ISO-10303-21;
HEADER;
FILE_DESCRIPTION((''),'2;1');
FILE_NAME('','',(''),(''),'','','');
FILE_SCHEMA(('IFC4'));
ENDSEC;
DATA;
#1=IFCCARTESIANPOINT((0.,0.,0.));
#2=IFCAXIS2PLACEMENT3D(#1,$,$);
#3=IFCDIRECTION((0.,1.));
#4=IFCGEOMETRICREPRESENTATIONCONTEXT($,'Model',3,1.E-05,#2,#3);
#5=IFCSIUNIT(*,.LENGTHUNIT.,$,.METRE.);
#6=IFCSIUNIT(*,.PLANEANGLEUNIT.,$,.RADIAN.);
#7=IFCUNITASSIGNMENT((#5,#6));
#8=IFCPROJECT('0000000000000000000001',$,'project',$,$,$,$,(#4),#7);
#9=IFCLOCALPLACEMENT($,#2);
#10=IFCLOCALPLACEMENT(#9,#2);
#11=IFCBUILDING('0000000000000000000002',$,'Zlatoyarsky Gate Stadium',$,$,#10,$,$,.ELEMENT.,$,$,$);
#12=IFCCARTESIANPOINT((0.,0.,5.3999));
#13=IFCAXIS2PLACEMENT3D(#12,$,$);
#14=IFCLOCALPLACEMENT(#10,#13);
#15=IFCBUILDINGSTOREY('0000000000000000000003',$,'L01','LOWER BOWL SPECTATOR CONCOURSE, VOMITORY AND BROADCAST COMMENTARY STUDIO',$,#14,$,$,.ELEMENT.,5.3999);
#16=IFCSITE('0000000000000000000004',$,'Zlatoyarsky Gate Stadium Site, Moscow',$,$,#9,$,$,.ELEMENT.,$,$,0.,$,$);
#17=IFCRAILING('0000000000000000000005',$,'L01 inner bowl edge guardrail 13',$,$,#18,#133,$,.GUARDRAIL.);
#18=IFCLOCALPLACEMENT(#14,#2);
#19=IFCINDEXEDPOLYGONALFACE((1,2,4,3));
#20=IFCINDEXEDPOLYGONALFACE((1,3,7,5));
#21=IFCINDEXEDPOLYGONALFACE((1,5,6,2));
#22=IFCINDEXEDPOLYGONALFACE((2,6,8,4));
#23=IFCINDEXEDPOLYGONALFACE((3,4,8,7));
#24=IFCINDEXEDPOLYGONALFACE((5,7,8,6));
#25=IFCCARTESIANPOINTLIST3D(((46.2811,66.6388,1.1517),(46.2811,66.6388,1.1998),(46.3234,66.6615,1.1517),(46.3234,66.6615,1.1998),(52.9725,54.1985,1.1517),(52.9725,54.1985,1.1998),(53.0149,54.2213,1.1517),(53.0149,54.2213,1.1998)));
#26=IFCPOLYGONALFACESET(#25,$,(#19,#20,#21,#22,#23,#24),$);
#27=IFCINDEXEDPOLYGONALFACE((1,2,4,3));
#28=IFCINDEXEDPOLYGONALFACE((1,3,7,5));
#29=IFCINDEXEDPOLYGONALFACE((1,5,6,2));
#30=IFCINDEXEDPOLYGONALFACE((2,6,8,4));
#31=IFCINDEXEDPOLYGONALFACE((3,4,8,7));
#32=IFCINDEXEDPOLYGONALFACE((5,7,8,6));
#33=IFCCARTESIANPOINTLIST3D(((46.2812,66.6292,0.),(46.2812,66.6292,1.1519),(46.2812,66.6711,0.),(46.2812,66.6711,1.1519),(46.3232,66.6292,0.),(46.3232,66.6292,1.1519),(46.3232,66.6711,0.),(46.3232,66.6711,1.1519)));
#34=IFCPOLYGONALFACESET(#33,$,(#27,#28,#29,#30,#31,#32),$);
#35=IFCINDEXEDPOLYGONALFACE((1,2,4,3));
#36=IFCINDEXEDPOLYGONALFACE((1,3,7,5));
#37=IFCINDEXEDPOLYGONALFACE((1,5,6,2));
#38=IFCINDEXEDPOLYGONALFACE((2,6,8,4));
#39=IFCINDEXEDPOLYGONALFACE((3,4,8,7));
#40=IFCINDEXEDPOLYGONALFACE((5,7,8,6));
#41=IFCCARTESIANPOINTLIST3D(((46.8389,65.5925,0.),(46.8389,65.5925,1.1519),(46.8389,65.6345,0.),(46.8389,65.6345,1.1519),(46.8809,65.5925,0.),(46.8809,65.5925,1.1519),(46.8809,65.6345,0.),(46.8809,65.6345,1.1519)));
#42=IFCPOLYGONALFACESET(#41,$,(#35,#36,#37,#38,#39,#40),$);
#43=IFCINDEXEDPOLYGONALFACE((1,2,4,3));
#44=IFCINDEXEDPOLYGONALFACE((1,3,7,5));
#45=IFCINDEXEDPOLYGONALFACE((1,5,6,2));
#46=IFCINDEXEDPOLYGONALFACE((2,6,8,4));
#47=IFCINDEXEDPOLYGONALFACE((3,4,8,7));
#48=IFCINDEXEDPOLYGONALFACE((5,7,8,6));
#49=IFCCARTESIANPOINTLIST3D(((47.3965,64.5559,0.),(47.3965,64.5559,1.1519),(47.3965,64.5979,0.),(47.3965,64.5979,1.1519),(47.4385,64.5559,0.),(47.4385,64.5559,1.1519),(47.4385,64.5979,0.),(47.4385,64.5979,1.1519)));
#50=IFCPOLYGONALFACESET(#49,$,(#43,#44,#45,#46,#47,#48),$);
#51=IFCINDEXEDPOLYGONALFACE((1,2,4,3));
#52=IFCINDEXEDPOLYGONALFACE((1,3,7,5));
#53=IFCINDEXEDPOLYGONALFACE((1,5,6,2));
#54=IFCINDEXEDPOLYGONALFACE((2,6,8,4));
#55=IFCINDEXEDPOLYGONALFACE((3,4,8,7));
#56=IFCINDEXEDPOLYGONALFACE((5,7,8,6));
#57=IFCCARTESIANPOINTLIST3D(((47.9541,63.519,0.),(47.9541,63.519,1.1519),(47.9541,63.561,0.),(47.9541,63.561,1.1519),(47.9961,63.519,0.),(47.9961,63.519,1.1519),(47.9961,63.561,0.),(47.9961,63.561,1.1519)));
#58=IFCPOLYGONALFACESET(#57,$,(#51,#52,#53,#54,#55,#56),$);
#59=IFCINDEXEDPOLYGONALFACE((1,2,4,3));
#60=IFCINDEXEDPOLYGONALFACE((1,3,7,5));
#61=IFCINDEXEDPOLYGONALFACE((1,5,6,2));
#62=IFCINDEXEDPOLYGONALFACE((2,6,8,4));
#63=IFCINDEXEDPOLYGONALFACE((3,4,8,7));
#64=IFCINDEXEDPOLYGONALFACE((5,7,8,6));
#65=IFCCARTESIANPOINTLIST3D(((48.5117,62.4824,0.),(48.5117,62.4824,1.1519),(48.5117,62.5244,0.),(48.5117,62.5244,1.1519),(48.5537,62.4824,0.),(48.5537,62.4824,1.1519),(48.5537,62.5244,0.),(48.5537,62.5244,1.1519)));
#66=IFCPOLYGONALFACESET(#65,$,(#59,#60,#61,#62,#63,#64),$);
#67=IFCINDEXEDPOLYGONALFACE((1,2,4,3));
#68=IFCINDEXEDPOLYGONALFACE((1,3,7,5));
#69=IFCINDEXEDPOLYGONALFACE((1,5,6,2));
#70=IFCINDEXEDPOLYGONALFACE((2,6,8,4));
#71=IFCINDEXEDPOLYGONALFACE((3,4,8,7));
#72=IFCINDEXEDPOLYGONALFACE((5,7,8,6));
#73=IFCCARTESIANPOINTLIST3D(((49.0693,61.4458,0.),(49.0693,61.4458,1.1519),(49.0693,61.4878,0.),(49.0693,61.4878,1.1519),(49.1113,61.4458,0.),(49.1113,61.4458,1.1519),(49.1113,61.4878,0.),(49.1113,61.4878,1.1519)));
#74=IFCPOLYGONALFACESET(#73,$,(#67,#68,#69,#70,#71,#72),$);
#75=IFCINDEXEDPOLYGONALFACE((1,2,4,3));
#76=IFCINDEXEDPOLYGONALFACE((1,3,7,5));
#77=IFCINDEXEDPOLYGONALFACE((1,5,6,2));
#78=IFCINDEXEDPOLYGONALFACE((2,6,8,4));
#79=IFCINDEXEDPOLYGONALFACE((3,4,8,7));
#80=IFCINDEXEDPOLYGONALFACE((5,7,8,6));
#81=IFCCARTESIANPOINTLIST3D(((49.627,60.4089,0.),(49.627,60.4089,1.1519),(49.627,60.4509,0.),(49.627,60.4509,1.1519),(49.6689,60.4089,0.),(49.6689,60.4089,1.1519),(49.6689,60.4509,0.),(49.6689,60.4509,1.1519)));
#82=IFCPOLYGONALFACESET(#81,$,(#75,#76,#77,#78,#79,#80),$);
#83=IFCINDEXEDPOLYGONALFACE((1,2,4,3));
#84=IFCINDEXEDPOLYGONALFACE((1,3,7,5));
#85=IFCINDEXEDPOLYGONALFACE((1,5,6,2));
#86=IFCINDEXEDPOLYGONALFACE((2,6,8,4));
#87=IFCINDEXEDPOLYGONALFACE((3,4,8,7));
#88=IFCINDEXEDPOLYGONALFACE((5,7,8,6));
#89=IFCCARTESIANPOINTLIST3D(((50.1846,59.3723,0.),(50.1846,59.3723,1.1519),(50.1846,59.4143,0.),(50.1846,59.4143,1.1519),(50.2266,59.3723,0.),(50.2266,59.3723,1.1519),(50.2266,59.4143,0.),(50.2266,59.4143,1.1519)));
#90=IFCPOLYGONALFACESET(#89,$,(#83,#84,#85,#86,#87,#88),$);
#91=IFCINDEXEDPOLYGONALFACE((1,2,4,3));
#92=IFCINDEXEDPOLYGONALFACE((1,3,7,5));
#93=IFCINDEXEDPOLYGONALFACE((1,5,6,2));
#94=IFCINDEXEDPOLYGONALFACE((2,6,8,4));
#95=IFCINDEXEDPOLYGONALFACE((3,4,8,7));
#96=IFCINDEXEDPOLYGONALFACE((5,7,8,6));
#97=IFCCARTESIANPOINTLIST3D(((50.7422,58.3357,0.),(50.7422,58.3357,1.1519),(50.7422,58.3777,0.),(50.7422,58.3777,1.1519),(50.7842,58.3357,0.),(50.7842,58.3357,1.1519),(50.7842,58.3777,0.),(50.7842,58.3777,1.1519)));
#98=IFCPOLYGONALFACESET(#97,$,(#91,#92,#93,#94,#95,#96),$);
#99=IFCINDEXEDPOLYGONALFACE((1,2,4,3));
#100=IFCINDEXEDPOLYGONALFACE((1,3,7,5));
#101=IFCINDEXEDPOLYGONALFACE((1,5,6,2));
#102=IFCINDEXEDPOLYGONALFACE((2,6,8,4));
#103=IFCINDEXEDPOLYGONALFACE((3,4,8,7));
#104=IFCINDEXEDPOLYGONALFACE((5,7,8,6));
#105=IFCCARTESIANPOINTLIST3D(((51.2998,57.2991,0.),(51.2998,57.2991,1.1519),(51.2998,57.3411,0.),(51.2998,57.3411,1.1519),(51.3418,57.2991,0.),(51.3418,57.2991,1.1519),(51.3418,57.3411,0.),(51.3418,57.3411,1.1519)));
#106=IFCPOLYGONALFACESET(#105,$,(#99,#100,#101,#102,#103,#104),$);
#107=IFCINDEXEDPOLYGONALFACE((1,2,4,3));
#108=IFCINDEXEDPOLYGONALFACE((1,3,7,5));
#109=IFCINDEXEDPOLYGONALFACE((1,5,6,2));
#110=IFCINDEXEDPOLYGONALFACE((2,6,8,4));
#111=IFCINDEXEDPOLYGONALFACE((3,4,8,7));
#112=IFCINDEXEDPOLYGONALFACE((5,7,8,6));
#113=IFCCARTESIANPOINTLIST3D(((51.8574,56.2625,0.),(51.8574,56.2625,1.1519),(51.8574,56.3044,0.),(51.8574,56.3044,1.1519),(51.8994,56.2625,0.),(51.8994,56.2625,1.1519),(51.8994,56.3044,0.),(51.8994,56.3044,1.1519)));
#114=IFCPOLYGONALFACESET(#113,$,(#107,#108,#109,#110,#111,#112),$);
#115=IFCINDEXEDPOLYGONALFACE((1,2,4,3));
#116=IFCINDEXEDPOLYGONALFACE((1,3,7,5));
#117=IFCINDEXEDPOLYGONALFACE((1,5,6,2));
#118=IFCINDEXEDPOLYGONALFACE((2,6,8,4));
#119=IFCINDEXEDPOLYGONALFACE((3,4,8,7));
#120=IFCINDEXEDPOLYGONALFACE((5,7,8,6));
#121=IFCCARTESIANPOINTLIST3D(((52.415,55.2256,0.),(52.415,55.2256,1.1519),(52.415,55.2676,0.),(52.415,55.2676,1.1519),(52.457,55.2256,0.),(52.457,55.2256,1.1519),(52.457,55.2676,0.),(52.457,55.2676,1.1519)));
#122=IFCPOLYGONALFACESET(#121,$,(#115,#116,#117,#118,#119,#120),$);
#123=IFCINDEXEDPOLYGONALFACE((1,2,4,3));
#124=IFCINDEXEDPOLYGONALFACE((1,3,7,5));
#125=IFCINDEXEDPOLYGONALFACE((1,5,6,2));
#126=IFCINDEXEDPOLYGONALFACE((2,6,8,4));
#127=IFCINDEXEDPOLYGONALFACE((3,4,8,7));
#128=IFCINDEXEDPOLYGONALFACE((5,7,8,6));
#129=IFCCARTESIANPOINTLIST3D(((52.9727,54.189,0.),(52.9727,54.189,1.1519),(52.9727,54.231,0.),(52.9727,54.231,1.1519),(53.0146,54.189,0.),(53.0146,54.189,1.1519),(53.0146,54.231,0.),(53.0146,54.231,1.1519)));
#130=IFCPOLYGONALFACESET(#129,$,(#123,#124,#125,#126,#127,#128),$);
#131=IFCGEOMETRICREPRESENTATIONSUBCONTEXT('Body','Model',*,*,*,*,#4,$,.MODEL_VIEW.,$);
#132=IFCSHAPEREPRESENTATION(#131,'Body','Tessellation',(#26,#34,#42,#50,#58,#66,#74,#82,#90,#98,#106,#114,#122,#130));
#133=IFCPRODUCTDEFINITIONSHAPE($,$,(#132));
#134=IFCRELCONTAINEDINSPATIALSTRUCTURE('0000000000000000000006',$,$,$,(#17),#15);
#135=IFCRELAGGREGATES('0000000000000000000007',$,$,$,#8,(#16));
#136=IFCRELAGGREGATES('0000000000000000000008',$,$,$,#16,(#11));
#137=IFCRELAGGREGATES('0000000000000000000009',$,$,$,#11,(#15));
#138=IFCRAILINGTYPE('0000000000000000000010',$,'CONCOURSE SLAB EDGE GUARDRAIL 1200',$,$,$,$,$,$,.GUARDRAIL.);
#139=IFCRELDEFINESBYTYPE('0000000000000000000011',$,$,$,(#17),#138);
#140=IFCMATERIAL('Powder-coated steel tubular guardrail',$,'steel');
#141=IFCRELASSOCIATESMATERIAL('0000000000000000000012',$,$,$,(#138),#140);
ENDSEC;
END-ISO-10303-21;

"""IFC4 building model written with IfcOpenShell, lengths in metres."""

from ifc_helpers import new_model, si_unit, direction, frame, origin, origin_2d, place, context, subcontext, project, spatial, rectangle, extrude, material, type_object, element, save


model = new_model("IFC4")

# Units and contexts
model_context = context("Model", 3, precision=1e-05, world=origin(), true_north=direction((0.0, 1.0)))
body_context = subcontext(model_context, "Body", "Model", "MODEL_VIEW")
ifc_project = project(units=[si_unit("LENGTHUNIT", "METRE"), si_unit("PLANEANGLEUNIT", "RADIAN")], contexts=[model_context])

# Site, building, storey
site_placement = place(None, origin())
site = spatial("IfcSite", under=ifc_project, at=site_placement, Name="Zlatoyarsky Gate Stadium Site, Moscow", CompositionType="ELEMENT", RefElevation=0.0)
building_placement = place(site_placement, origin())
building = spatial("IfcBuilding", under=site, at=building_placement, Name="Zlatoyarsky Gate Stadium", CompositionType="ELEMENT")
storey_placement = place(building_placement, frame((0.0, 0.0, 5.3999)))
storey = spatial("IfcBuildingStorey", under=building, at=storey_placement, Name="L01", Description="LOWER BOWL SPECTATOR CONCOURSE, VOMITORY AND BROADCAST COMMENTARY STUDIO", CompositionType="ELEMENT", Elevation=5.3999)

# Railing
ifc_material_1 = material(Name="Powder-coated steel tubular guardrail", Category="steel")
railing_type_1 = type_object("IfcRailingType", Name="CONCOURSE SLAB EDGE GUARDRAIL 1200", PredefinedType="GUARDRAIL", material=ifc_material_1)
railing_1_placement = place(storey_placement, frame((46.3022, 66.6501, 0.0)))
element("IfcRailing", 1, at=railing_1_placement, inside=storey, type_object=railing_type_1, Name="L01 inner bowl edge guardrail 13", PredefinedType="GUARDRAIL", context=body_context, shape_type="SweptSolid", body=[
    extrude(rectangle(XDim=0.0481, YDim=0.0481, at=origin_2d()), frame((0.0, 0.0, 1.1758), z_axis=(0.473707, -0.880682, 0.0), x_axis=(0.880682, 0.473707, 0.0)), (0.0, 0.0, 1.0), 14.1257),
    extrude(rectangle(XDim=0.042, YDim=0.042, at=origin_2d()), origin(), (0.0, 0.0, 1.0), 1.1519),
    extrude(rectangle(XDim=0.042, YDim=0.042, at=origin_2d()), frame((0.5576, -1.0366, 0.0)), (0.0, 0.0, 1.0), 1.1519),
    extrude(rectangle(XDim=0.042, YDim=0.042, at=origin_2d()), frame((1.1152, -2.0732, 0.0)), (0.0, 0.0, 1.0), 1.1519),
    extrude(rectangle(XDim=0.042, YDim=0.042, at=origin_2d()), frame((1.6729, -3.1101, 0.0)), (0.0, 0.0, 1.0), 1.1519),
    extrude(rectangle(XDim=0.042, YDim=0.042, at=origin_2d()), frame((2.2305, -4.1467, 0.0)), (0.0, 0.0, 1.0), 1.1519),
    extrude(rectangle(XDim=0.042, YDim=0.042, at=origin_2d()), frame((2.7881, -5.1833, 0.0)), (0.0, 0.0, 1.0), 1.1519),
    extrude(rectangle(XDim=0.042, YDim=0.042, at=origin_2d()), frame((3.3457, -6.2202, 0.0)), (0.0, 0.0, 1.0), 1.1519),
    extrude(rectangle(XDim=0.042, YDim=0.042, at=origin_2d()), frame((3.9033, -7.2568, 0.0)), (0.0, 0.0, 1.0), 1.1519),
    extrude(rectangle(XDim=0.042, YDim=0.042, at=origin_2d()), frame((4.4609, -8.2935, 0.0)), (0.0, 0.0, 1.0), 1.1519),
    extrude(rectangle(XDim=0.042, YDim=0.042, at=origin_2d()), frame((5.0186, -9.3301, 0.0)), (0.0, 0.0, 1.0), 1.1519),
    extrude(rectangle(XDim=0.042, YDim=0.042, at=origin_2d()), frame((5.5762, -10.3667, 0.0)), (0.0, 0.0, 1.0), 1.1519),
    extrude(rectangle(XDim=0.042, YDim=0.042, at=origin_2d()), frame((6.1338, -11.4036, 0.0)), (0.0, 0.0, 1.0), 1.1519),
    extrude(rectangle(XDim=0.042, YDim=0.042, at=origin_2d()), frame((6.6914, -12.4402, 0.0)), (0.0, 0.0, 1.0), 1.1519),
])

save(model, "model.ifc")
